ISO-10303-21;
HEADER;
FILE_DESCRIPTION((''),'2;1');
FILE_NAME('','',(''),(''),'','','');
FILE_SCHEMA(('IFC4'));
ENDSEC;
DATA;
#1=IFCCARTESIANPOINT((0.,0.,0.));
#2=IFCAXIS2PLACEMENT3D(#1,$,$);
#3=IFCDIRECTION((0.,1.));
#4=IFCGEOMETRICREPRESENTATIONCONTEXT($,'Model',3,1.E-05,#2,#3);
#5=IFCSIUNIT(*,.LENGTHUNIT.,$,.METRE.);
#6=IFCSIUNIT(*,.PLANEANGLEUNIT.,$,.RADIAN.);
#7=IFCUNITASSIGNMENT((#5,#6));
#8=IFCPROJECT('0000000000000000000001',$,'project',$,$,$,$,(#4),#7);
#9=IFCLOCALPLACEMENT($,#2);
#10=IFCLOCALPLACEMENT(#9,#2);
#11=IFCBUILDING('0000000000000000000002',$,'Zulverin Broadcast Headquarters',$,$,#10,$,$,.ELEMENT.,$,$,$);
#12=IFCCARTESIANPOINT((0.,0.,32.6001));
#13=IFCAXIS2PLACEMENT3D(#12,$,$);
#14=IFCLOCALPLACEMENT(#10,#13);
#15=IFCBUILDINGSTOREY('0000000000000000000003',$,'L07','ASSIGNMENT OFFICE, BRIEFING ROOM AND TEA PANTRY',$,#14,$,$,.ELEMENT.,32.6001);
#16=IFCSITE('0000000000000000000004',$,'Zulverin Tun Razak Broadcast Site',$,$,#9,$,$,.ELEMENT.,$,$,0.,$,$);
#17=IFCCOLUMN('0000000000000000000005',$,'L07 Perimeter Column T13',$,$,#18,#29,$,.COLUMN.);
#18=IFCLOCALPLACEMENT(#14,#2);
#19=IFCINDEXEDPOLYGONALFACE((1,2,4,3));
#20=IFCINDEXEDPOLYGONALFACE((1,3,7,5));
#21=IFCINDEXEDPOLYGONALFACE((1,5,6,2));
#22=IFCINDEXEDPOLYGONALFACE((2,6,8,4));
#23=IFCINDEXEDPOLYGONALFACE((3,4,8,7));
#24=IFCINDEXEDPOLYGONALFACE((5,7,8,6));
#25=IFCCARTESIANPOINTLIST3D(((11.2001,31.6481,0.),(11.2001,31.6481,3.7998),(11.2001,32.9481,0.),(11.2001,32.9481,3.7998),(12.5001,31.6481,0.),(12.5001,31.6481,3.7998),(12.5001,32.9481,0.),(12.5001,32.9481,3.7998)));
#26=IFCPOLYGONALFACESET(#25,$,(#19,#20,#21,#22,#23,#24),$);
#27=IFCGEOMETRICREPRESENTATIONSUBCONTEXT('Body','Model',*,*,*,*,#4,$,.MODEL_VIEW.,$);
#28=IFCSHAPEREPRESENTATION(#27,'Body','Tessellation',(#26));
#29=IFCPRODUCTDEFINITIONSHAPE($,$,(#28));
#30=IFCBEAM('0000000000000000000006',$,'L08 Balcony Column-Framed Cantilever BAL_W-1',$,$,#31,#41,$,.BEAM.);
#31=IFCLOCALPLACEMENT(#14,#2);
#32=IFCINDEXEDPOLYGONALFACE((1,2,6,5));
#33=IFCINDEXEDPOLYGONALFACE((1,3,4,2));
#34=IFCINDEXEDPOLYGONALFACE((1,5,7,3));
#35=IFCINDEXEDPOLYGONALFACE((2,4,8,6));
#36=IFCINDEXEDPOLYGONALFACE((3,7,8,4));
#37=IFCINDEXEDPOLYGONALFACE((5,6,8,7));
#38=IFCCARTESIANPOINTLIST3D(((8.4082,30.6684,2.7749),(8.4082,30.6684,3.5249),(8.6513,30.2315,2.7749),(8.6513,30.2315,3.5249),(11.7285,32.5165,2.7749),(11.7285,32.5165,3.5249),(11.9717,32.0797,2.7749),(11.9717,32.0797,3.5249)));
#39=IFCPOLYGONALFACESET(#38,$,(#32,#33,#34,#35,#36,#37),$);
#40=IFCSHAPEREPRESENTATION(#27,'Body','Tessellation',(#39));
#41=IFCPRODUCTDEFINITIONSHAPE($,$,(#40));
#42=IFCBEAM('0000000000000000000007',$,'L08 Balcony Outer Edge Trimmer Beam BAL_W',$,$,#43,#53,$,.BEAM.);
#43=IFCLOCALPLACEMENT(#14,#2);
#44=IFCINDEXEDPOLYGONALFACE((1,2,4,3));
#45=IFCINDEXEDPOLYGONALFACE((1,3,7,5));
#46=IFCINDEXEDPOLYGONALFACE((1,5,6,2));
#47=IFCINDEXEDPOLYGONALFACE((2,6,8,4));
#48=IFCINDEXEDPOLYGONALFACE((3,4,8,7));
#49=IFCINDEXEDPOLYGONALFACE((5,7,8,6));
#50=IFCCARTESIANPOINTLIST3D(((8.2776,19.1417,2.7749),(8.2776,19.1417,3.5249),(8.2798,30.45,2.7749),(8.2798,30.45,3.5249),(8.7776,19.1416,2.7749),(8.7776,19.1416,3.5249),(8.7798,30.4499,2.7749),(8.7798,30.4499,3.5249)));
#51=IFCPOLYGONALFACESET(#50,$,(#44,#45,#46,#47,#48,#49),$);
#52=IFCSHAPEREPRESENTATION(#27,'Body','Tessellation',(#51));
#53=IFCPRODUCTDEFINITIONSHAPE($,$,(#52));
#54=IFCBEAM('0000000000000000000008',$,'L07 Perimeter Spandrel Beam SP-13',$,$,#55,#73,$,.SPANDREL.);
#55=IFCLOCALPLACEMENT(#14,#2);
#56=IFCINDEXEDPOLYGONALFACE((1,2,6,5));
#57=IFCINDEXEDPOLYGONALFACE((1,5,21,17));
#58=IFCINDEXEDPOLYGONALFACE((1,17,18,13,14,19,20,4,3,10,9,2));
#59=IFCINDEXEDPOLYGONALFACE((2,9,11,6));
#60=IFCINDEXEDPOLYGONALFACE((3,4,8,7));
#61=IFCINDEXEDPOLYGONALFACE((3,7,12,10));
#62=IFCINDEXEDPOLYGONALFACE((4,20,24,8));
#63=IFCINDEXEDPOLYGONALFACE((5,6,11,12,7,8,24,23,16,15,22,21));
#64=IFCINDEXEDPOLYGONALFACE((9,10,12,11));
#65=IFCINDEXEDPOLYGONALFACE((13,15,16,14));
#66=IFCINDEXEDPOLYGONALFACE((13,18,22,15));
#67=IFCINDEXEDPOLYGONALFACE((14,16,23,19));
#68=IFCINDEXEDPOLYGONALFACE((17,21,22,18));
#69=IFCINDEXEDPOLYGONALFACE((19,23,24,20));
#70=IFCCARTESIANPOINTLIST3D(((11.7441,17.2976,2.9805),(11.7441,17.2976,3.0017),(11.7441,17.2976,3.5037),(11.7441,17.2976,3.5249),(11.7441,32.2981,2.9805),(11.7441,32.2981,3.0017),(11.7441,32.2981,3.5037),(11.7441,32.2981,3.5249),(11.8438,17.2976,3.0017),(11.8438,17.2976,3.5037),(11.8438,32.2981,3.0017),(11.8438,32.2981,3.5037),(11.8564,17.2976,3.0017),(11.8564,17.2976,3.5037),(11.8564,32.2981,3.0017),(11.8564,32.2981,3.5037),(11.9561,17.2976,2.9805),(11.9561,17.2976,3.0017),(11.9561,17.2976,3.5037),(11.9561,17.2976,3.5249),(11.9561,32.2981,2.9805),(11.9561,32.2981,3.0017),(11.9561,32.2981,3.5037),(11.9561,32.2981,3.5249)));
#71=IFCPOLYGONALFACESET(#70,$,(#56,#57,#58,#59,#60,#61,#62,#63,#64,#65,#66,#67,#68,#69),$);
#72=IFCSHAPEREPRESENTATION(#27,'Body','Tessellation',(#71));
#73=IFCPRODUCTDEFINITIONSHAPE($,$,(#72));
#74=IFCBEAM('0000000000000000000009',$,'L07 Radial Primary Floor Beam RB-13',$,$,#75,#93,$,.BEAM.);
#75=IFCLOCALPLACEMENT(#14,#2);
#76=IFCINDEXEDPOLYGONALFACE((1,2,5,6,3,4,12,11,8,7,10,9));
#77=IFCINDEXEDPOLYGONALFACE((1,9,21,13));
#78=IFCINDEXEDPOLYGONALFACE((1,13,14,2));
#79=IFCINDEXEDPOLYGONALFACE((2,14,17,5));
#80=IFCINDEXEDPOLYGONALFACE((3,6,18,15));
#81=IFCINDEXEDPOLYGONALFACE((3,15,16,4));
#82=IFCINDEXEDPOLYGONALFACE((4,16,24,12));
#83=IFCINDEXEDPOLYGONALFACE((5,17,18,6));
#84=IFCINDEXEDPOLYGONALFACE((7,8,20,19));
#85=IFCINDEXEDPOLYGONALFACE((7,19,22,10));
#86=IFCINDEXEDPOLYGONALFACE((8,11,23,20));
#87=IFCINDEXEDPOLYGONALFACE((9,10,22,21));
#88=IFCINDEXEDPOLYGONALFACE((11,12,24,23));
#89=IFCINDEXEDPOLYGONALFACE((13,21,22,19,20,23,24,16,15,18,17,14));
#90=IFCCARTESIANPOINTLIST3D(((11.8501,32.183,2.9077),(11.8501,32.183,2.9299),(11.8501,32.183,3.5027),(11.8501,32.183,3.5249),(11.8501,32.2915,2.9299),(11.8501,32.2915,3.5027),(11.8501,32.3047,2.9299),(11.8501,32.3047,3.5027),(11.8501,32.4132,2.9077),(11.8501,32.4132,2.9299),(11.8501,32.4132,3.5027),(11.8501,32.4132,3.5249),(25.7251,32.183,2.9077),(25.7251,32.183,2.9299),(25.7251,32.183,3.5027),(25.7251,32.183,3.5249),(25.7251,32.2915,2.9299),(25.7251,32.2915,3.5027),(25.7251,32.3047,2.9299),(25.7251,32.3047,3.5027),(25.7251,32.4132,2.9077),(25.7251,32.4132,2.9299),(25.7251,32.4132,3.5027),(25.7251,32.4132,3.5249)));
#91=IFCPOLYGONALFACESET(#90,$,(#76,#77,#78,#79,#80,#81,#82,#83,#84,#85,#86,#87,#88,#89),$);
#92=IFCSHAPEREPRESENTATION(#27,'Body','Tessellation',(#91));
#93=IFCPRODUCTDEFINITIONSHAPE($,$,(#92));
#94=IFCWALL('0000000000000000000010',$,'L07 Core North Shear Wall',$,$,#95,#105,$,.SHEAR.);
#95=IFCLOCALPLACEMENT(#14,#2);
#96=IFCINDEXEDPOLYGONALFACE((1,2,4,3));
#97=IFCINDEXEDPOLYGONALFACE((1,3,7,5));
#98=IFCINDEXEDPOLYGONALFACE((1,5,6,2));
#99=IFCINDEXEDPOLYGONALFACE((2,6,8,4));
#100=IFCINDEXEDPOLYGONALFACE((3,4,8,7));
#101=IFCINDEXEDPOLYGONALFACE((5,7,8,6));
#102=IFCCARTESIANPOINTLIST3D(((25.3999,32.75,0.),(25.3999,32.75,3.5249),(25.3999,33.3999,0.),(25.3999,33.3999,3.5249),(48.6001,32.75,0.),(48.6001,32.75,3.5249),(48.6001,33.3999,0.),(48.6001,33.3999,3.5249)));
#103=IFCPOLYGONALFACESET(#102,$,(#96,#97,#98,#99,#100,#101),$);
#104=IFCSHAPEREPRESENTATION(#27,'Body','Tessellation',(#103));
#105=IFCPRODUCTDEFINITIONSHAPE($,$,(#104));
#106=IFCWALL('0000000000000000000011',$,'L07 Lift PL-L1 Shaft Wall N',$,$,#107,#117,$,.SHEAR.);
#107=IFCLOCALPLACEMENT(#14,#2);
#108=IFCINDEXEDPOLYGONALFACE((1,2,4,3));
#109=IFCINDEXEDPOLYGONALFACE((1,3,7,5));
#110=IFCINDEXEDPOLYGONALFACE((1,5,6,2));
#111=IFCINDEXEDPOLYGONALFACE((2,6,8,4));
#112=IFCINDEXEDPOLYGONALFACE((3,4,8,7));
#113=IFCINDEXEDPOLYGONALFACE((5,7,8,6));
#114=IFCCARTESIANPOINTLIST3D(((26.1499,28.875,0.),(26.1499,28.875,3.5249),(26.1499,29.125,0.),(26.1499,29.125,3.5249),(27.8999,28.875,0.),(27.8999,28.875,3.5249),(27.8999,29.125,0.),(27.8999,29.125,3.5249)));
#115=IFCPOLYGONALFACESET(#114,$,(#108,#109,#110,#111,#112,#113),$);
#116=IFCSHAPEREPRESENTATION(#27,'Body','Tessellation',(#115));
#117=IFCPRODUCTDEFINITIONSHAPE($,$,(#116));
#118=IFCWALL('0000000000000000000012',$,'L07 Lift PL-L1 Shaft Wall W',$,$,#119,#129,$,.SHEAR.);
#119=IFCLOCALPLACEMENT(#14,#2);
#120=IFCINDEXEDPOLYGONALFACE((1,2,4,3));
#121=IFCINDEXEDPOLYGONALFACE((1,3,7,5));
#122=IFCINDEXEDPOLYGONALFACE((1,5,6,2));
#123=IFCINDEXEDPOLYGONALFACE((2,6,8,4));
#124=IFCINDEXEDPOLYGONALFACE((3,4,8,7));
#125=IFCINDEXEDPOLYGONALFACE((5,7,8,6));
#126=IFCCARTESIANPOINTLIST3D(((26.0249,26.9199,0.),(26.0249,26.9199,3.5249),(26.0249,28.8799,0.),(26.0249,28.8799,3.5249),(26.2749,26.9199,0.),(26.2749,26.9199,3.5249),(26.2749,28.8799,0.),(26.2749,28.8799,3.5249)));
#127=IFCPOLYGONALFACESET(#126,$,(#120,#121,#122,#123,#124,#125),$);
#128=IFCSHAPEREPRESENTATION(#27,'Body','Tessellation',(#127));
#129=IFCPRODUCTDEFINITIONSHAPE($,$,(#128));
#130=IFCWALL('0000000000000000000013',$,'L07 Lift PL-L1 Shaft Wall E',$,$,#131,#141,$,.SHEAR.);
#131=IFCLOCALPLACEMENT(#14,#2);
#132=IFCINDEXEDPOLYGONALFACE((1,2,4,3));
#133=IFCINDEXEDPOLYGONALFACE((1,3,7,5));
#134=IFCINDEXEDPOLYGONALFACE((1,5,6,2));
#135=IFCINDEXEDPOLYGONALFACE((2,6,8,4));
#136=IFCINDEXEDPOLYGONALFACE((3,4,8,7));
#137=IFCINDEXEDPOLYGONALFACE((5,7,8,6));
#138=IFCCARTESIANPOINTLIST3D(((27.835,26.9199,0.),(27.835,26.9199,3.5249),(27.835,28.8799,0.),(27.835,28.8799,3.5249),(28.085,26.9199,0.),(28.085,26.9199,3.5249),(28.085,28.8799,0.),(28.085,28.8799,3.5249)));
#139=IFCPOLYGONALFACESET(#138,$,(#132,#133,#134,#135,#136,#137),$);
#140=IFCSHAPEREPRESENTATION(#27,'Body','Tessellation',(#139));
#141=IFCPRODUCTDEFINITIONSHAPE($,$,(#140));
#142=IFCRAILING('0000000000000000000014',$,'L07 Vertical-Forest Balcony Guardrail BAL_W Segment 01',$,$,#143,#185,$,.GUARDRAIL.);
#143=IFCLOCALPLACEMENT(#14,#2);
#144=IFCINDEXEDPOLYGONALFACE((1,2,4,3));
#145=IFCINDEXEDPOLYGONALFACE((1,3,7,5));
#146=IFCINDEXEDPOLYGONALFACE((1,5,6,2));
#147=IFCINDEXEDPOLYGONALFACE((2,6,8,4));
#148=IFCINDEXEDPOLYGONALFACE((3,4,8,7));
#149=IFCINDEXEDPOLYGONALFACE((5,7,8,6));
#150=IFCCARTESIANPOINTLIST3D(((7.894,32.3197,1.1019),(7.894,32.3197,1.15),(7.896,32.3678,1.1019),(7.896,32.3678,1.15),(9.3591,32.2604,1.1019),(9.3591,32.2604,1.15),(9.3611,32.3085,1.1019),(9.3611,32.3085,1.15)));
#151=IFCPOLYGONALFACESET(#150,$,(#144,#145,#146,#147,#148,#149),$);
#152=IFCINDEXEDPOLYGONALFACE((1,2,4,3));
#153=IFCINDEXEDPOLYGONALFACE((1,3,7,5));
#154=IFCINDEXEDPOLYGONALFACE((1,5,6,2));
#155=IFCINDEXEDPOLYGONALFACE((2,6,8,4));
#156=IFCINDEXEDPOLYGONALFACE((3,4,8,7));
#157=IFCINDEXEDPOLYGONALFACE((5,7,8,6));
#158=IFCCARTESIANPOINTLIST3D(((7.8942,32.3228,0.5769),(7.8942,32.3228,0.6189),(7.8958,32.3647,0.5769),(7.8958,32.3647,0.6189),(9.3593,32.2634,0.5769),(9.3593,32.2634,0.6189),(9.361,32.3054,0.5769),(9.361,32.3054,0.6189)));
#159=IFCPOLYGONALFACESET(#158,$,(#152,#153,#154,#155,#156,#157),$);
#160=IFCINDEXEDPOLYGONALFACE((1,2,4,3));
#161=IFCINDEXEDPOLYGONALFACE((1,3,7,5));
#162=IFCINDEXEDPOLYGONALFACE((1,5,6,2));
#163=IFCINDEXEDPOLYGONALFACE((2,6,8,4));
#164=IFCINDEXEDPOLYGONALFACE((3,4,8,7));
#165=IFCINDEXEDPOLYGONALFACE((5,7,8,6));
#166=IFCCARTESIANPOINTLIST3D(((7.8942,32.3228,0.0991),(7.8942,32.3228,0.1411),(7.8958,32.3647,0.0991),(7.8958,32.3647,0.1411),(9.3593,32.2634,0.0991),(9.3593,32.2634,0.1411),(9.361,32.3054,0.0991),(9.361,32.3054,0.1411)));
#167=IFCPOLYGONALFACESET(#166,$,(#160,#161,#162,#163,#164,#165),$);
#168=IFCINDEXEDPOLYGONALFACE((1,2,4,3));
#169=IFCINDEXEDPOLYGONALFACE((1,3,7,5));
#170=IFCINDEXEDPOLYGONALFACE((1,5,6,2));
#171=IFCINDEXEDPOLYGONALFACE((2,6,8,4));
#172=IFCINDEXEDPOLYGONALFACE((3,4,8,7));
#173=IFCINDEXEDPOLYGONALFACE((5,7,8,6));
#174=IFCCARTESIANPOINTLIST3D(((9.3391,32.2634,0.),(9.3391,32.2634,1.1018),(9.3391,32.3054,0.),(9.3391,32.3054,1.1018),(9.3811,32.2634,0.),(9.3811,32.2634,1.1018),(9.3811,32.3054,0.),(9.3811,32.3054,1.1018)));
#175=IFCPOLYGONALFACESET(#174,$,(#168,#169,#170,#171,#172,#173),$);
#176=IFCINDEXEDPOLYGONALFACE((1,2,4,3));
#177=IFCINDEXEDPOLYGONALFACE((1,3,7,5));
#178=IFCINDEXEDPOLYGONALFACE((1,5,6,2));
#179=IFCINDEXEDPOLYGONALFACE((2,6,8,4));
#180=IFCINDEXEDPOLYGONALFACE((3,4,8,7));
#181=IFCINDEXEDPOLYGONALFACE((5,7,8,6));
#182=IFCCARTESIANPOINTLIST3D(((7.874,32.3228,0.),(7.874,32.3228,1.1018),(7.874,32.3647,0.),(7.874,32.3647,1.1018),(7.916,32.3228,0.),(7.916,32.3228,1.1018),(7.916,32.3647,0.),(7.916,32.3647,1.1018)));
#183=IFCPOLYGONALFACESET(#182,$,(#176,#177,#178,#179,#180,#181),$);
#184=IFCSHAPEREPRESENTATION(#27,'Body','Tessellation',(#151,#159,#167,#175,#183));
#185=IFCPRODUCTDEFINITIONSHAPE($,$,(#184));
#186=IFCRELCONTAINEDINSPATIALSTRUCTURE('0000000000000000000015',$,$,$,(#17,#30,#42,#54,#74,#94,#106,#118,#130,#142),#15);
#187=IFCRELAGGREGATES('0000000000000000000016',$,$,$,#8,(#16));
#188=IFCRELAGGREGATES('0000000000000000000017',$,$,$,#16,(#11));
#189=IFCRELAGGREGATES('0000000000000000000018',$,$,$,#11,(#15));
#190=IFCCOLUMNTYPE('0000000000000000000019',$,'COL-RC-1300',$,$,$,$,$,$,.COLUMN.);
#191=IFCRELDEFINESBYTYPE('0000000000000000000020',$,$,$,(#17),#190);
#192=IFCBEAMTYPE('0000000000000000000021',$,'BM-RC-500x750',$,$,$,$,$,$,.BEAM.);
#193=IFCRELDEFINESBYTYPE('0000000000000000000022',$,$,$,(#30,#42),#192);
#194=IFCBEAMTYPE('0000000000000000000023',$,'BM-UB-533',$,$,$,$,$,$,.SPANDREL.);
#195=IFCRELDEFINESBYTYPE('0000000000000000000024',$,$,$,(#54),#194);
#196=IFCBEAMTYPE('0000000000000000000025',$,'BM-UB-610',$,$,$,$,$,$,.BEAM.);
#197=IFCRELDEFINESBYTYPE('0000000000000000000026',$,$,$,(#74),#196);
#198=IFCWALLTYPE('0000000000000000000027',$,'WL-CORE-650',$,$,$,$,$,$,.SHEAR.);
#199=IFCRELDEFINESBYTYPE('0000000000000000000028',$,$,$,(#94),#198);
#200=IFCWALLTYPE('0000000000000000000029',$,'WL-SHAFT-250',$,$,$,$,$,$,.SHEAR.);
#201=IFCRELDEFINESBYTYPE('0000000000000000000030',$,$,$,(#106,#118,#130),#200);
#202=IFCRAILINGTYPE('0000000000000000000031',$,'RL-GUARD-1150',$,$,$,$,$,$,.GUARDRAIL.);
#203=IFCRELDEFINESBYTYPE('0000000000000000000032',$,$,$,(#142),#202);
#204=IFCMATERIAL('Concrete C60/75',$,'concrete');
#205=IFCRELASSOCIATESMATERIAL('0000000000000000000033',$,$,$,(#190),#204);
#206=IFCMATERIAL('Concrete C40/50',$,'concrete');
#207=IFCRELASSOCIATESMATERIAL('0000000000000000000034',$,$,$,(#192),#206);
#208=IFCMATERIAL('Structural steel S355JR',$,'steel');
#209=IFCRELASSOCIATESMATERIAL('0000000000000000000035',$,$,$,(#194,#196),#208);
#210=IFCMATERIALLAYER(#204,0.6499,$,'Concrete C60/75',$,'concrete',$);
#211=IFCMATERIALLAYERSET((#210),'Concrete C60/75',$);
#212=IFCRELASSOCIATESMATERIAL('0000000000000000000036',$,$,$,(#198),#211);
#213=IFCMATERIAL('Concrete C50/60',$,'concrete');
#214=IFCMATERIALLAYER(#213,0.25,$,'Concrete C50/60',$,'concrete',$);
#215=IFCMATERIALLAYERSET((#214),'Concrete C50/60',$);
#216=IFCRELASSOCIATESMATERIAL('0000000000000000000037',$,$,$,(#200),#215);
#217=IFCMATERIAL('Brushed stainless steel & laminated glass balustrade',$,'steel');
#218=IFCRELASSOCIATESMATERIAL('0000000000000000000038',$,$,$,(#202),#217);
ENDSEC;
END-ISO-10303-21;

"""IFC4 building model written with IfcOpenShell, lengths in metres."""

from ifc_helpers import new_model, si_unit, direction, frame, frame_2d, origin, origin_2d, place, context, subcontext, project, spatial, rectangle, i_section, extrude, material, layer, layer_set, material_profile, profile_set, type_object, element, save


model = new_model("IFC4")

# Units and contexts
model_context = context("Model", 3, precision=1e-05, world=origin(), true_north=direction((0.0, 1.0)))
body_context = subcontext(model_context, "Body", "Model", "MODEL_VIEW")
ifc_project = project(units=[si_unit("LENGTHUNIT", "METRE"), si_unit("PLANEANGLEUNIT", "RADIAN")], contexts=[model_context])

# Site, building, storey
site_placement = place(None, origin())
site = spatial("IfcSite", under=ifc_project, at=site_placement, Name="Zulverin Tun Razak Broadcast Site", CompositionType="ELEMENT", RefElevation=0.0)
building_placement = place(site_placement, origin())
building = spatial("IfcBuilding", under=site, at=building_placement, Name="Zulverin Broadcast Headquarters", CompositionType="ELEMENT")
storey_placement = place(building_placement, frame((0.0, 0.0, 32.6001)))
storey = spatial("IfcBuildingStorey", under=building, at=storey_placement, Name="L07", Description="ASSIGNMENT OFFICE, BRIEFING ROOM AND TEA PANTRY", CompositionType="ELEMENT", Elevation=32.6001)

# Column
ifc_material_1 = material(Name="Concrete C60/75", Category="concrete")
ifc_material_profile_1 = material_profile(ifc_material_1, rectangle(XDim=1.3, YDim=1.3, at=origin_2d()), Name="Concrete C60/75", Category="concrete")
ifc_profile_set_1 = profile_set([ifc_material_profile_1], Name="Concrete C60/75")
column_type = type_object("IfcColumnType", Name="COL-RC-1300", PredefinedType="COLUMN", material=ifc_profile_set_1)
column_placement = place(storey_placement, frame((11.8501, 32.2981, 0.0), z_axis=(0.0, 0.0, 1.0), x_axis=(1.0, 0.0, 0.0)))
element("IfcColumn", 1, at=column_placement, inside=storey, type_object=column_type, Name="L07 Perimeter Column T13", PredefinedType="COLUMN", context=body_context, shape_type="SweptSolid", body=[
    extrude(rectangle(XDim=1.3, YDim=1.3, at=origin_2d()), origin(), (0.0, 0.0, 1.0), 3.7998),
])

# Beams
ifc_material_2 = material(Name="Concrete C40/50", Category="concrete")
ifc_material_profile_2 = material_profile(ifc_material_2, rectangle(XDim=0.5, YDim=0.75, at=origin_2d()), Name="Concrete C40/50", Category="concrete")
ifc_profile_set_2 = profile_set([ifc_material_profile_2], Name="Concrete C40/50")
beam_type_1 = type_object("IfcBeamType", Name="BM-RC-500x750", PredefinedType="BEAM", material=ifc_profile_set_2)
beam_1_placement = place(storey_placement, frame((11.8501, 32.2981, 3.1499), z_axis=(-0.873763, -0.486352, 0.0), x_axis=(0.486352, -0.873763, 0.0)))
element("IfcBeam", 2, at=beam_1_placement, inside=storey, type_object=beam_type_1, Name="L08 Balcony Column-Framed Cantilever BAL_W-1", PredefinedType="BEAM", context=body_context, shape_type="SweptSolid", body=[
    extrude(rectangle(XDim=0.5, YDim=0.75, at=origin_2d()), origin(), (0.0, 0.0, 1.0), 3.8),
])
beam_2_placement = place(storey_placement, frame((8.5298, 30.45, 3.1499), z_axis=(-0.000194, -1.0, 0.0), x_axis=(1.0, -0.000194, 0.0)))
element("IfcBeam", 3, at=beam_2_placement, inside=storey, type_object=beam_type_1, Name="L08 Balcony Outer Edge Trimmer Beam BAL_W", PredefinedType="BEAM", context=body_context, shape_type="SweptSolid", body=[
    extrude(rectangle(XDim=0.5, YDim=0.75, at=origin_2d()), origin(), (0.0, 0.0, 1.0), 11.3083),
])
ifc_material_3 = material(Name="Structural steel S355JR", Category="steel")
ifc_material_profile_3 = material_profile(ifc_material_3, i_section(OverallWidth=0.2119, OverallDepth=0.5444, WebThickness=0.0127, FlangeThickness=0.0212, at=origin_2d()), Name="Structural steel S355JR", Category="steel")
ifc_profile_set_3 = profile_set([ifc_material_profile_3], Name="Structural steel S355JR")
beam_type_2 = type_object("IfcBeamType", Name="BM-UB-533", PredefinedType="SPANDREL", material=ifc_profile_set_3)
beam_3_placement = place(storey_placement, frame((11.8501, 32.2981, 3.2527), z_axis=(0.0, -1.0, 0.0), x_axis=(1.0, 0.0, 0.0)))
element("IfcBeam", 4, at=beam_3_placement, inside=storey, type_object=beam_type_2, Name="L07 Perimeter Spandrel Beam SP-13", PredefinedType="SPANDREL", context=body_context, shape_type="SweptSolid", body=[
    extrude(i_section(OverallWidth=0.2119, OverallDepth=0.5444, WebThickness=0.0127, FlangeThickness=0.0212, at=origin_2d()), origin(), (0.0, 0.0, 1.0), 15.0005),
])
ifc_material_profile_4 = material_profile(ifc_material_3, i_section(OverallWidth=0.2302, OverallDepth=0.6172, WebThickness=0.0132, FlangeThickness=0.0222, at=origin_2d()), Name="Structural steel S355JR", Category="steel")
ifc_profile_set_4 = profile_set([ifc_material_profile_4], Name="Structural steel S355JR")
beam_type_3 = type_object("IfcBeamType", Name="BM-UB-610", PredefinedType="BEAM", material=ifc_profile_set_4)
beam_4_placement = place(storey_placement, frame((25.7251, 32.2981, 3.2163), z_axis=(-1.0, 0.0, 0.0), x_axis=(0.0, -1.0, 0.0)))
element("IfcBeam", 5, at=beam_4_placement, inside=storey, type_object=beam_type_3, Name="L07 Radial Primary Floor Beam RB-13", PredefinedType="BEAM", context=body_context, shape_type="SweptSolid", body=[
    extrude(i_section(OverallWidth=0.2302, OverallDepth=0.6172, WebThickness=0.0132, FlangeThickness=0.0222, at=origin_2d()), origin(), (0.0, 0.0, 1.0), 13.875),
])

# Wall
ifc_layer_1 = layer(ifc_material_1, 0.6499, Name="Concrete C60/75", Category="concrete")
ifc_layer_set_1 = layer_set([ifc_layer_1], Name="Concrete C60/75")
wall_type_1 = type_object("IfcWallType", Name="WL-CORE-650", PredefinedType="SHEAR", material=ifc_layer_set_1)
wall_1_placement = place(storey_placement, frame((25.3999, 33.075, 0.0), z_axis=(0.0, 0.0, 1.0), x_axis=(1.0, 0.0, 0.0)))
element("IfcWall", 6, at=wall_1_placement, inside=storey, type_object=wall_type_1, Name="L07 Core North Shear Wall", PredefinedType="SHEAR", context=body_context, shape_type="SweptSolid", body=[
    extrude(rectangle(XDim=23.2002, YDim=0.6499, at=frame_2d((11.6001, 0.0))), origin(), (0.0, 0.0, 1.0), 3.5249),
])

# Shared definitions
ifc_material_4 = material(Name="Concrete C50/60", Category="concrete")
ifc_layer_2 = layer(ifc_material_4, 0.25, Name="Concrete C50/60", Category="concrete")
ifc_layer_set_2 = layer_set([ifc_layer_2], Name="Concrete C50/60")
wall_type_2 = type_object("IfcWallType", Name="WL-SHAFT-250", PredefinedType="SHEAR", material=ifc_layer_set_2)

# Walls
wall_2_placement = place(storey_placement, frame((26.1499, 29.0, 0.0), z_axis=(0.0, 0.0, 1.0), x_axis=(1.0, 0.0, 0.0)))
element("IfcWall", 7, at=wall_2_placement, inside=storey, type_object=wall_type_2, Name="L07 Lift PL-L1 Shaft Wall N", PredefinedType="SHEAR", context=body_context, shape_type="SweptSolid", body=[
    extrude(rectangle(XDim=1.75, YDim=0.25, at=frame_2d((0.875, 0.0))), origin(), (0.0, 0.0, 1.0), 3.5249),
])
for number, where, z_axis, x_axis, name in (
    (8, (26.1499, 26.9199, 0.0), (0.0, 0.0, 1.0), (0.0, 1.0, 0.0), "L07 Lift PL-L1 Shaft Wall W"),
    (9, (27.96, 26.9199, 0.0), (0.0, 0.0, 1.0), (0.0, 1.0, 0.0), "L07 Lift PL-L1 Shaft Wall E"),
):
    element("IfcWall", number, at=place(storey_placement, frame(where, z_axis=z_axis, x_axis=x_axis)), inside=storey, type_object=wall_type_2, Name=name, PredefinedType="SHEAR", context=body_context, shape_type="SweptSolid", body=[
        extrude(rectangle(XDim=1.96, YDim=0.25, at=frame_2d((0.98, 0.0))), origin(), (0.0, 0.0, 1.0), 3.5249),
    ])

# Railing
ifc_material_5 = material(Name="Brushed stainless steel & laminated glass balustrade", Category="steel")
railing_type = type_object("IfcRailingType", Name="RL-GUARD-1150", PredefinedType="GUARDRAIL", material=ifc_material_5)
railing_1_placement = place(storey_placement, frame((9.3601, 32.2844, 0.0)))
element("IfcRailing", 10, at=railing_1_placement, inside=storey, type_object=railing_type, Name="L07 Vertical-Forest Balcony Guardrail BAL_W Segment 01", PredefinedType="GUARDRAIL", context=body_context, shape_type="SweptSolid", body=[
    extrude(rectangle(XDim=0.0481, YDim=0.0481, at=origin_2d()), frame((0.0, 0.0, 1.126), z_axis=(-0.999181, 0.04046, 0.0), x_axis=(-0.04046, -0.999181, 0.0)), (0.0, 0.0, 1.0), 1.4663),
    extrude(rectangle(XDim=0.042, YDim=0.042, at=origin_2d()), frame((0.0, 0.0, 0.5979), z_axis=(-0.999181, 0.04046, 0.0), x_axis=(-0.04046, -0.999181, 0.0)), (0.0, 0.0, 1.0), 1.4663),
    extrude(rectangle(XDim=0.042, YDim=0.042, at=origin_2d()), frame((0.0, 0.0, 0.1201), z_axis=(-0.999181, 0.04046, 0.0), x_axis=(-0.04046, -0.999181, 0.0)), (0.0, 0.0, 1.0), 1.4663),
    extrude(rectangle(XDim=0.042, YDim=0.042, at=origin_2d()), origin(), (0.0, 0.0, 1.0), 1.1018),
    extrude(rectangle(XDim=0.042, YDim=0.042, at=origin_2d()), frame((-1.4651, 0.0593, 0.0)), (0.0, 0.0, 1.0), 1.1018),
])

save(model, "model.ifc")
